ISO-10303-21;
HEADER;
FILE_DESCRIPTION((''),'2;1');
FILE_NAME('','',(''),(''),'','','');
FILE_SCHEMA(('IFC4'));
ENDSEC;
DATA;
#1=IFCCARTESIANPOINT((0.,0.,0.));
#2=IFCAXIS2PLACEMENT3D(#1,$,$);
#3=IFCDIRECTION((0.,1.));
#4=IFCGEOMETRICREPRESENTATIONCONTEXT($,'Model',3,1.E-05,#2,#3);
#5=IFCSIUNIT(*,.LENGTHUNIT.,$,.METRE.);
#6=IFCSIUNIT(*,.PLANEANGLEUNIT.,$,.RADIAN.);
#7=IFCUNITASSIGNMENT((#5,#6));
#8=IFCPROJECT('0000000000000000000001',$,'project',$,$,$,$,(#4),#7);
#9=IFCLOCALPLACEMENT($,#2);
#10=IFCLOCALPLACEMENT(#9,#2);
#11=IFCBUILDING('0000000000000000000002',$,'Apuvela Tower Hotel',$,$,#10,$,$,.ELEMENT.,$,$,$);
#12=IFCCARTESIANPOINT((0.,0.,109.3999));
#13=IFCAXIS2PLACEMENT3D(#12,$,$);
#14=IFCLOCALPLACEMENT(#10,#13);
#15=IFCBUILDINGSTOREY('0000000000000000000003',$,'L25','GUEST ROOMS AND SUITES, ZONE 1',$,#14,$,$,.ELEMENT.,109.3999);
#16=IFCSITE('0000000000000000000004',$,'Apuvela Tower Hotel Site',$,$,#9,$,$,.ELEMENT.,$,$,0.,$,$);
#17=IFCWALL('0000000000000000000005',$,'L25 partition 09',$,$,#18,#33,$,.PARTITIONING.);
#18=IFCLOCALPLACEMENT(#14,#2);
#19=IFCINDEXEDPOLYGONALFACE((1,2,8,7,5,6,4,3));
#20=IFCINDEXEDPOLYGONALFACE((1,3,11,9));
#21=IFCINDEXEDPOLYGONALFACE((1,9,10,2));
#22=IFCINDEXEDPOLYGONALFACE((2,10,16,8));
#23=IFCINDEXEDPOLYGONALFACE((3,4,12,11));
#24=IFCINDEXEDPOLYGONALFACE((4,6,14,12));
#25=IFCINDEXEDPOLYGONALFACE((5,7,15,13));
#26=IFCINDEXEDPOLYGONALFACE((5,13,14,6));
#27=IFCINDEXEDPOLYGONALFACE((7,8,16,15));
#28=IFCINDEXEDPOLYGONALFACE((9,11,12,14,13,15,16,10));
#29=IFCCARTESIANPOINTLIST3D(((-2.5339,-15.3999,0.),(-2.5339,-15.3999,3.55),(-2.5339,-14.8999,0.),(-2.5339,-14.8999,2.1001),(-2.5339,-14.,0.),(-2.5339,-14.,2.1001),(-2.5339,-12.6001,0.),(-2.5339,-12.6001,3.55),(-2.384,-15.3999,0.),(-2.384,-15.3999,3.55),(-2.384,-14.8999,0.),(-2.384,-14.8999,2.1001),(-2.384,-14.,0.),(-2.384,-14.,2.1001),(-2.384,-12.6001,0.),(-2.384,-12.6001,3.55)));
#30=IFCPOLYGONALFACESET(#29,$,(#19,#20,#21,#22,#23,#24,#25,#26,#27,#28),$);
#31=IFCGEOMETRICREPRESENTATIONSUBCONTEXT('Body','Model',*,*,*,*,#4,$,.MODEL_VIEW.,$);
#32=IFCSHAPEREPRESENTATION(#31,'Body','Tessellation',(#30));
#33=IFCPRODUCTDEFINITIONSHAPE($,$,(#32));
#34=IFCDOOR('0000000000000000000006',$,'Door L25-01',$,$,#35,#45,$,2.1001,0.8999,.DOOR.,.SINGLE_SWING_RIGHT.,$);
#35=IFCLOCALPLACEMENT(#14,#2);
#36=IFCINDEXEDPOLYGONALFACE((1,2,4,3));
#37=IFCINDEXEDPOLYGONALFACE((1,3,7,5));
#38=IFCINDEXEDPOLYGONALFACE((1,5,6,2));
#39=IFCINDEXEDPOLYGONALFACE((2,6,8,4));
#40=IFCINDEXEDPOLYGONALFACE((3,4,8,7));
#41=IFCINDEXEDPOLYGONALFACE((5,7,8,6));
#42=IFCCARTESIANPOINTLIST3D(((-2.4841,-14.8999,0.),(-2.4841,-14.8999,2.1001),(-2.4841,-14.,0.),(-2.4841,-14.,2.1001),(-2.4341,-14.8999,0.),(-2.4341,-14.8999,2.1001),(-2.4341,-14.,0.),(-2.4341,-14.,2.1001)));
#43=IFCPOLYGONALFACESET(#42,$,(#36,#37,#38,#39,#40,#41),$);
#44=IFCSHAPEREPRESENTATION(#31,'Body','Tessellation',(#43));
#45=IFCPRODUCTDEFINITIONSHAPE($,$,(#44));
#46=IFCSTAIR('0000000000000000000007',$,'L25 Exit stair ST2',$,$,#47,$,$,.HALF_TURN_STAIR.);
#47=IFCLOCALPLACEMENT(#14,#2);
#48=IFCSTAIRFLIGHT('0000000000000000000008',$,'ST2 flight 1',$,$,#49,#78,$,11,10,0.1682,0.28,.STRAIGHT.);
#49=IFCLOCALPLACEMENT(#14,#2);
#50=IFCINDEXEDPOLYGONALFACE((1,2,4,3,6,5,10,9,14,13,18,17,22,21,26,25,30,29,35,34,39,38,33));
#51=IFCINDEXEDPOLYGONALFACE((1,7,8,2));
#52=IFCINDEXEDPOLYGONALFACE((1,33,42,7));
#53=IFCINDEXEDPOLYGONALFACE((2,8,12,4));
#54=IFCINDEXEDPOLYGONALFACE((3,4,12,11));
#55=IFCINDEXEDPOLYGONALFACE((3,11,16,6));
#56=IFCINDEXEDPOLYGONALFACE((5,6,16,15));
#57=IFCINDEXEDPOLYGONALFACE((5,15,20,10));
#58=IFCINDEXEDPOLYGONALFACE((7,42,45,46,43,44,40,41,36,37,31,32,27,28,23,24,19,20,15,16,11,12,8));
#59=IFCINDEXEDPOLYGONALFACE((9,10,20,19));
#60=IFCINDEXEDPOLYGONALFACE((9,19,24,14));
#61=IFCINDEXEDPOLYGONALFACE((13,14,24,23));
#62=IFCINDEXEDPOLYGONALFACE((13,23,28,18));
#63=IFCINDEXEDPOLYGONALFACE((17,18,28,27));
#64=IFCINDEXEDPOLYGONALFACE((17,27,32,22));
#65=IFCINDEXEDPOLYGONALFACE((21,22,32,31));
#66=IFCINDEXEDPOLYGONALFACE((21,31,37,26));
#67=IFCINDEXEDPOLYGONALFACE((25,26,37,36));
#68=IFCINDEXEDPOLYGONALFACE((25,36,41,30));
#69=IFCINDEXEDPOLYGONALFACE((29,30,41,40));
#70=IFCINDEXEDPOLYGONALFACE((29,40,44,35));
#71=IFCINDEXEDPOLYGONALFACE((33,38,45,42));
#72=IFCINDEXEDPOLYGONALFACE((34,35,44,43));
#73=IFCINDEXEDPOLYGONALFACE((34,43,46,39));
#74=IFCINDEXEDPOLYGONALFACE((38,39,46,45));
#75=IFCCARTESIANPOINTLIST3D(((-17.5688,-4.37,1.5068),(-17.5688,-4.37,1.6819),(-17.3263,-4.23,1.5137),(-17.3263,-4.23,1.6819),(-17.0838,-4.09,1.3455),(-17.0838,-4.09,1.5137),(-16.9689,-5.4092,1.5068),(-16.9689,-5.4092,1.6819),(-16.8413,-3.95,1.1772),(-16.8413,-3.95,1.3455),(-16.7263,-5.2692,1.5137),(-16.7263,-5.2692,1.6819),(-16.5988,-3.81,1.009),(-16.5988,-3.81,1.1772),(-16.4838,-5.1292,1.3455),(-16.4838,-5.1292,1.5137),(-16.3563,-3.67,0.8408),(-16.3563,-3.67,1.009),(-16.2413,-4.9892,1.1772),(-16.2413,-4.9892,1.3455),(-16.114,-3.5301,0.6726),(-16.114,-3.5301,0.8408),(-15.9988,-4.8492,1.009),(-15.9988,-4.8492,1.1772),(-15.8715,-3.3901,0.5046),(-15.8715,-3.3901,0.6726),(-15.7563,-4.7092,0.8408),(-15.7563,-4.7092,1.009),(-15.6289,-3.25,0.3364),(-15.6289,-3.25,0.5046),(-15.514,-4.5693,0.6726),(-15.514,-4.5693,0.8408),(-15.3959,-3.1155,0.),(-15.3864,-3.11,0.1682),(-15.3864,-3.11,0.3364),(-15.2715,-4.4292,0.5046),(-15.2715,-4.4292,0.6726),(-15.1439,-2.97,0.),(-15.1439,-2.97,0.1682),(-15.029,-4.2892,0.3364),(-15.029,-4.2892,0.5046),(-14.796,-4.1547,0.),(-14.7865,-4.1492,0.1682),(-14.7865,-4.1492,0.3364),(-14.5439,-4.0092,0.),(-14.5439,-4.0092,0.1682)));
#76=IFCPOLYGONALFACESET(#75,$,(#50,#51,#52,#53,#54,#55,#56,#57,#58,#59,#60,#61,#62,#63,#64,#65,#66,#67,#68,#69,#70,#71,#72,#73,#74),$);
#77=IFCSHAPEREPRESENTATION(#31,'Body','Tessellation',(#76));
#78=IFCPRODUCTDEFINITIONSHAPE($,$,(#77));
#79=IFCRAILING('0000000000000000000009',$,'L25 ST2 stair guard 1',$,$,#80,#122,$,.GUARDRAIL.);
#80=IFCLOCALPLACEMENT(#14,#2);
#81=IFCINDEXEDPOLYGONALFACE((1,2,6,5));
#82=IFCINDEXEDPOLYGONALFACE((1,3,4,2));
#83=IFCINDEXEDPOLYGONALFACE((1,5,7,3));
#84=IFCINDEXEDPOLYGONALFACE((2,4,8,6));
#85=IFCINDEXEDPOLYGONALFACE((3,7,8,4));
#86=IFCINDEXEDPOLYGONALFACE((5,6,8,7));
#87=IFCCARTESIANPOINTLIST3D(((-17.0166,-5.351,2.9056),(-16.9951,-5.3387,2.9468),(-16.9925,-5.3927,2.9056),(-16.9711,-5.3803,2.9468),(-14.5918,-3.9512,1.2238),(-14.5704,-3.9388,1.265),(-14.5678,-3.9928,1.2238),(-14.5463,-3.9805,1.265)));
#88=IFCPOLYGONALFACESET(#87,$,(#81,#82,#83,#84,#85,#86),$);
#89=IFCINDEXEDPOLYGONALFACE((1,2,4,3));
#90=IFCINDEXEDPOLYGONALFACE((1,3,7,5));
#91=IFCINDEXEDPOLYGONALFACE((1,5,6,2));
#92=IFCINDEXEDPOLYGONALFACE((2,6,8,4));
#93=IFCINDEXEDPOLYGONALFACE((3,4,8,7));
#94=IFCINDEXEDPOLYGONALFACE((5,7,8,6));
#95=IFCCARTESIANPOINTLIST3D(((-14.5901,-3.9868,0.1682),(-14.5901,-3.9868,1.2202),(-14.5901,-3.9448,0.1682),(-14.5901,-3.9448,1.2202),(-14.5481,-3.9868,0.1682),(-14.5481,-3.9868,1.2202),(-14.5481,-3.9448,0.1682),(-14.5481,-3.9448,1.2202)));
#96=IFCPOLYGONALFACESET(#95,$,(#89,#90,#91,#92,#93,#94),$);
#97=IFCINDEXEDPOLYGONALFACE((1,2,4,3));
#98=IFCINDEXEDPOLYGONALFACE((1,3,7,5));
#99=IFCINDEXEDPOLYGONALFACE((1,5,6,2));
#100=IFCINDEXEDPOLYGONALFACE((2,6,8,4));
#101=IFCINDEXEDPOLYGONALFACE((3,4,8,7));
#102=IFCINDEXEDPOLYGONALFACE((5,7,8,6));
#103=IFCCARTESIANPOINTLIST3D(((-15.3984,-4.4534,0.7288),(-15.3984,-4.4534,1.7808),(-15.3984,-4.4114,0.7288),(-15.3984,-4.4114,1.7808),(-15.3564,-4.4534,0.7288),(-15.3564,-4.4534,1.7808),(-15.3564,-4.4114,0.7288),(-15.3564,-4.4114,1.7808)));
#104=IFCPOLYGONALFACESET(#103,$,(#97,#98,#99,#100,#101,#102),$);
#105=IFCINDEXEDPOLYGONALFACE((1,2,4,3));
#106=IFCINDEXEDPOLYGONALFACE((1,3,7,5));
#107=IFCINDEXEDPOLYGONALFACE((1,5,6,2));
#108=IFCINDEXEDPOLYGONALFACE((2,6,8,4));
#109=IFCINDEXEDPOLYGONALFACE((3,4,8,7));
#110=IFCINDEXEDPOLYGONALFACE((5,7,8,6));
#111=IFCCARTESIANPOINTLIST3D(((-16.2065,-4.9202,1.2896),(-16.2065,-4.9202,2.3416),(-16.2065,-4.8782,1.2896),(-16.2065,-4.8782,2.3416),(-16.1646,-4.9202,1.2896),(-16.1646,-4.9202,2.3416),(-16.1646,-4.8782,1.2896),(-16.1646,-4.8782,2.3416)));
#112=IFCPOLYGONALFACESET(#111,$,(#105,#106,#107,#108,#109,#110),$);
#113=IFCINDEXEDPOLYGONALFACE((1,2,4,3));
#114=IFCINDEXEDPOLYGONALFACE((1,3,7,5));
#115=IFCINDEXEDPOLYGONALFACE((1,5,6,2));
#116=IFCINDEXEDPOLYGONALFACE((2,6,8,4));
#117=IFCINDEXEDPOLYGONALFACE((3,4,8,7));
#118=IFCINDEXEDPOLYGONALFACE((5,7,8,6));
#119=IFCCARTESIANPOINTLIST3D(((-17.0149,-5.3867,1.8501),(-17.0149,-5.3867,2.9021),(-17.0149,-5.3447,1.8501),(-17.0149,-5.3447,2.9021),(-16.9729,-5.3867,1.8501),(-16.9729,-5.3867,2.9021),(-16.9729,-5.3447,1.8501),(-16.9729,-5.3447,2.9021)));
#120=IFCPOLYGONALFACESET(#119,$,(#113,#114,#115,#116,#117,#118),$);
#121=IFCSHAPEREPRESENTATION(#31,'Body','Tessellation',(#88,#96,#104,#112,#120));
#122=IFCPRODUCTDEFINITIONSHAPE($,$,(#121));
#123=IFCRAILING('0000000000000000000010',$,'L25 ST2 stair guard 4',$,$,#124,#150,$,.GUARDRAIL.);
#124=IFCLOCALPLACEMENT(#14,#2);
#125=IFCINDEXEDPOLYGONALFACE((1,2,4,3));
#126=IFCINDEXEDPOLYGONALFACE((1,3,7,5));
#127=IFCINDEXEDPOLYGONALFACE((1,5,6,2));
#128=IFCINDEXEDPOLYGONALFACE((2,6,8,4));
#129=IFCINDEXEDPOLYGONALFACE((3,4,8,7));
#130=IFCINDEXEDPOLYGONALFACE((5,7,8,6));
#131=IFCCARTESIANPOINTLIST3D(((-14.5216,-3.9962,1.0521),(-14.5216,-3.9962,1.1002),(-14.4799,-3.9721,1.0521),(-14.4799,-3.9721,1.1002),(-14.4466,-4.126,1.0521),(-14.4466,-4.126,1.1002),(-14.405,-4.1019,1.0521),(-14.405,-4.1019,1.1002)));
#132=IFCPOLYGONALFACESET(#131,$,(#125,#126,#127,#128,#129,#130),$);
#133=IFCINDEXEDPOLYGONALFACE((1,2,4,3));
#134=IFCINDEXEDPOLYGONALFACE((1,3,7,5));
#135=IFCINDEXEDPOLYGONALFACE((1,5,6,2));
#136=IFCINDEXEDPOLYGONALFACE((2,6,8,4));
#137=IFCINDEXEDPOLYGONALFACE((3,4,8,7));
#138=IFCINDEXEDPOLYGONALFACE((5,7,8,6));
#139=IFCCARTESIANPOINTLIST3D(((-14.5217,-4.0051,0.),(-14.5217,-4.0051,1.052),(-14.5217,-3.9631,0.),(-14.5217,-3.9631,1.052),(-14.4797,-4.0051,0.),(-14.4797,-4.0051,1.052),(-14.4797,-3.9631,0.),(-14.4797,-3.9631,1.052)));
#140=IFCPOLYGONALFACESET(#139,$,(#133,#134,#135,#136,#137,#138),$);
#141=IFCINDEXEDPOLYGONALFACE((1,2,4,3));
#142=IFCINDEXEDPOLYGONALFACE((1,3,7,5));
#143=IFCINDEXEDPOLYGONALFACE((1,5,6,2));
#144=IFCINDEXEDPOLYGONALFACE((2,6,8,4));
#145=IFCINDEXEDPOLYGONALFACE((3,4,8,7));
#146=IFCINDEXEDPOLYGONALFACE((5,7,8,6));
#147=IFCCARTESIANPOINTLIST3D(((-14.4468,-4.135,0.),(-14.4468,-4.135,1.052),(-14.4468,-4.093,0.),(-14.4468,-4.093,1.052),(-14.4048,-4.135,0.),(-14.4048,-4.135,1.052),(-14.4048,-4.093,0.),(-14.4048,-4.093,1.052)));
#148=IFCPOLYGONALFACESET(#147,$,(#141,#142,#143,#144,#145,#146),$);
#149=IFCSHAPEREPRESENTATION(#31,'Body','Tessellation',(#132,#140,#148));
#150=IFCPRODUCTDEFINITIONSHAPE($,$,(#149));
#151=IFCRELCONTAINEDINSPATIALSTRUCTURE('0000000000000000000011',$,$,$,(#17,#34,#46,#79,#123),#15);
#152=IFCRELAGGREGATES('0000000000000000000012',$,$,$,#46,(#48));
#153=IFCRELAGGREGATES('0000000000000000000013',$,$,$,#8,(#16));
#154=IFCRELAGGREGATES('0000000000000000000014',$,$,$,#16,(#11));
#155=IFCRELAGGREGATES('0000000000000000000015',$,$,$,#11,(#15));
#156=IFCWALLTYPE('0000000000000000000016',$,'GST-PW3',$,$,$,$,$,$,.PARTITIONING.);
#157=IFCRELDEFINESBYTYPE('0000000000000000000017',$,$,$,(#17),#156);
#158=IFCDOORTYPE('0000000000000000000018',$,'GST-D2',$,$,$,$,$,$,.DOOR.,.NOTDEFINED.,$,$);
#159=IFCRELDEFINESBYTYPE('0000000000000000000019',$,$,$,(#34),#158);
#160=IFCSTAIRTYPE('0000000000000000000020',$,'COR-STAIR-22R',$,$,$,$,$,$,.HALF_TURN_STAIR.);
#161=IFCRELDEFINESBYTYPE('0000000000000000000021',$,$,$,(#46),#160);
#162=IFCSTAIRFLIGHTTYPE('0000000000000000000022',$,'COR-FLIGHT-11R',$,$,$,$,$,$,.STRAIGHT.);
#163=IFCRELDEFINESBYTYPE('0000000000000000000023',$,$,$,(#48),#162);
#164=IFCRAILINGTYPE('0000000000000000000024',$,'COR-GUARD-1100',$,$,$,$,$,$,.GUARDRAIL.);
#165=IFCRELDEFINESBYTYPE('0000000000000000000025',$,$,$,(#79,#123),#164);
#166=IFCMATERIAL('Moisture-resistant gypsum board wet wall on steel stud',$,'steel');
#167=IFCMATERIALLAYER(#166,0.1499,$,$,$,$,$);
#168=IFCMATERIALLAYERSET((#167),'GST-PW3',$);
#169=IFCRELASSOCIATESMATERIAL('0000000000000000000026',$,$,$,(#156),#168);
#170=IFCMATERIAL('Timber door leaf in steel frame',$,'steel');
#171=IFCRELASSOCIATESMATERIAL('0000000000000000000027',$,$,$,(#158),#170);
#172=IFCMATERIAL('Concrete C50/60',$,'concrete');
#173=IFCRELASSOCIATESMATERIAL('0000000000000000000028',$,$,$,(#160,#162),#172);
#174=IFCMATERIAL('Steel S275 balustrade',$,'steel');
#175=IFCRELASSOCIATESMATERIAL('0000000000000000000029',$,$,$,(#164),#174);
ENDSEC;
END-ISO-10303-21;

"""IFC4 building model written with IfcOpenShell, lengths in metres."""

from ifc_helpers import new_model, si_unit, direction, frame, frame_2d, origin, origin_2d, place, context, subcontext, project, spatial, polyline, rectangle, outline, extrude, material, layer, layer_set, type_object, element, fill, aggregate, save


model = new_model("IFC4")

# Units and contexts
model_context = context("Model", 3, precision=1e-05, world=origin(), true_north=direction((0.0, 1.0)))
body_context = subcontext(model_context, "Body", "Model", "MODEL_VIEW")
ifc_project = project(units=[si_unit("LENGTHUNIT", "METRE"), si_unit("PLANEANGLEUNIT", "RADIAN")], contexts=[model_context])

# Site, building, storey
site_placement = place(None, origin())
site = spatial("IfcSite", under=ifc_project, at=site_placement, Name="Apuvela Tower Hotel Site", CompositionType="ELEMENT", RefElevation=0.0)
building_placement = place(site_placement, origin())
building = spatial("IfcBuilding", under=site, at=building_placement, Name="Apuvela Tower Hotel", CompositionType="ELEMENT")
storey_placement = place(building_placement, frame((0.0, 0.0, 109.3999)))
storey = spatial("IfcBuildingStorey", under=building, at=storey_placement, Name="L25", Description="GUEST ROOMS AND SUITES, ZONE 1", CompositionType="ELEMENT", Elevation=109.3999)

# Shared definitions
ifc_material_1 = material(Name="Concrete C50/60", Category="concrete")

# Wall, opening, door
ifc_material_2 = material(Name="Timber door leaf in steel frame", Category="steel")
ifc_material_3 = material(Name="Moisture-resistant gypsum board wet wall on steel stud", Category="steel")
ifc_layer_1 = layer(ifc_material_3, 0.1499)
ifc_layer_set_1 = layer_set([ifc_layer_1], Name="GST-PW3")
wall_type_1 = type_object("IfcWallType", Name="GST-PW3", PredefinedType="PARTITIONING", material=ifc_layer_set_1)
wall_1_placement = place(storey_placement, frame((-2.459, -12.6001, 0.0), z_axis=(0.0, 0.0, 1.0), x_axis=(0.0, -1.0, 0.0)))
wall_1 = element("IfcWall", 1, at=wall_1_placement, inside=storey, type_object=wall_type_1, Name="L25 partition 09", PredefinedType="PARTITIONING", context=body_context, shape_type="SweptSolid", body=[
    extrude(rectangle(XDim=2.7998, YDim=0.1499, at=frame_2d((1.3999, 0.0))), origin(), (0.0, 0.0, 1.0), 3.55),
])
opening_1_placement = place(wall_1_placement, frame((1.3999, 0.0, 0.0)))
opening_1 = element("IfcOpeningElement", 2, at=opening_1_placement, cuts=wall_1, PredefinedType="OPENING", context=body_context, shape_type="SweptSolid", body=[
    extrude(rectangle(XDim=0.8999, YDim=2.1001, at=frame_2d((0.45, 1.05))), frame((0.0, 0.085, 0.0), z_axis=(0.0, -1.0, 0.0), x_axis=(1.0, 0.0, 0.0)), (0.0, 0.0, 1.0), 0.1699),
])
door_type_1 = type_object("IfcDoorType", Name="GST-D2", OperationType="NOTDEFINED", PredefinedType="DOOR", material=ifc_material_2)
door_1_placement = place(opening_1_placement, origin())
door_1 = element("IfcDoor", 3, at=door_1_placement, inside=storey, type_object=door_type_1, Name="Door L25-01", OperationType="SINGLE_SWING_RIGHT", OverallHeight=2.1001, OverallWidth=0.8999, PredefinedType="DOOR", context=body_context, shape_type="SweptSolid", body=[
    extrude(rectangle(XDim=0.8999, YDim=2.1001, at=frame_2d((0.45, 1.05))), frame((0.0, 0.0249, 0.0), z_axis=(0.0, -1.0, 0.0), x_axis=(1.0, 0.0, 0.0)), (0.0, 0.0, 1.0), 0.05),
])
fill(opening_1, door_1)

# Stair, stair flight
stair_type = type_object("IfcStairType", Name="COR-STAIR-22R", PredefinedType="HALF_TURN_STAIR", material=ifc_material_1)
stair_placement = place(storey_placement, origin())
stair = element("IfcStair", 4, at=stair_placement, inside=storey, type_object=stair_type, Name="L25 Exit stair ST2", PredefinedType="HALF_TURN_STAIR")
stair_flight_type = type_object("IfcStairFlightType", Name="COR-FLIGHT-11R", PredefinedType="STRAIGHT", material=ifc_material_1)
stair_flight_placement = place(storey_placement, frame((-14.844, -3.4895, 0.0), z_axis=(0.0, 0.0, 1.0), x_axis=(-0.866025, -0.5, 0.0)))
stair_flight = element("IfcStairFlight", 5, at=stair_flight_placement, type_object=stair_flight_type, Name="ST2 flight 1", NumberOfRisers=11, NumberOfTreads=10, PredefinedType="STRAIGHT", RiserHeight=0.1682, TreadLength=0.28, context=body_context, shape_type="SweptSolid", body=[
    extrude(outline(polyline([(0.0, 0.0), (0.0, 0.1682), (0.28, 0.1682), (0.28, 0.3364), (0.5601, 0.3364), (0.5601, 0.5046), (0.8401, 0.5046), (0.8401, 0.6726), (1.1201, 0.6726), (1.1201, 0.8408), (1.3999, 0.8408), (1.3999, 1.009), (1.6799, 1.009), (1.6799, 1.1772), (1.96, 1.1772), (1.96, 1.3455), (2.24, 1.3455), (2.24, 1.5137), (2.52, 1.5137), (2.52, 1.6819), (2.8, 1.6819), (2.8, 1.8501), (2.8, 1.5068), (0.291, 0.0), (0.0, 0.0)])), frame((0.0, 0.6001, 0.0), z_axis=(0.0, -1.0, 0.0), x_axis=(1.0, 0.0, 0.0)), (0.0, 0.0, 1.0), 1.2),
])
aggregate(stair, [stair_flight])

# Railings
ifc_material_4 = material(Name="Steel S275 balustrade", Category="steel")
railing_type_1 = type_object("IfcRailingType", Name="COR-GUARD-1100", PredefinedType="GUARDRAIL", material=ifc_material_4)
railing_1_placement = place(storey_placement, frame((-14.5691, -3.9658, 0.1682)))
element("IfcRailing", 6, at=railing_1_placement, inside=storey, type_object=railing_type_1, Name="L25 ST2 stair guard 1", PredefinedType="GUARDRAIL", context=body_context, shape_type="SweptSolid", body=[
    extrude(rectangle(XDim=0.0481, YDim=0.0481, at=origin_2d()), frame((0.0, 0.0, 1.0762), z_axis=(-0.74239, -0.428601, 0.514934), x_axis=(0.499984, -0.866035, 0.0)), (0.0, 0.0, 1.0), 3.2661),
    extrude(rectangle(XDim=0.042, YDim=0.042, at=origin_2d()), origin(), (0.0, 0.0, 1.0), 1.052),
    extrude(rectangle(XDim=0.042, YDim=0.042, at=origin_2d()), frame((-0.8083, -0.4666, 0.5605)), (0.0, 0.0, 1.0), 1.052),
    extrude(rectangle(XDim=0.042, YDim=0.042, at=origin_2d()), frame((-1.6165, -0.9333, 1.1213)), (0.0, 0.0, 1.0), 1.052),
    extrude(rectangle(XDim=0.042, YDim=0.042, at=origin_2d()), frame((-2.4248, -1.3999, 1.6819)), (0.0, 0.0, 1.0), 1.052),
])
railing_2_placement = place(storey_placement, frame((-14.5007, -3.9841, 0.0)))
element("IfcRailing", 7, at=railing_2_placement, inside=storey, type_object=railing_type_1, Name="L25 ST2 stair guard 4", PredefinedType="GUARDRAIL", context=body_context, shape_type="SweptSolid", body=[
    extrude(rectangle(XDim=0.0481, YDim=0.0481, at=origin_2d()), frame((0.0, 0.0, 1.0762), z_axis=(0.499816, -0.866131, 0.0), x_axis=(0.866131, 0.499816, 0.0)), (0.0, 0.0, 1.0), 0.1499),
    extrude(rectangle(XDim=0.042, YDim=0.042, at=origin_2d()), origin(), (0.0, 0.0, 1.0), 1.052),
    extrude(rectangle(XDim=0.042, YDim=0.042, at=origin_2d()), frame((0.075, -0.1299, 0.0)), (0.0, 0.0, 1.0), 1.052),
])

save(model, "model.ifc")
